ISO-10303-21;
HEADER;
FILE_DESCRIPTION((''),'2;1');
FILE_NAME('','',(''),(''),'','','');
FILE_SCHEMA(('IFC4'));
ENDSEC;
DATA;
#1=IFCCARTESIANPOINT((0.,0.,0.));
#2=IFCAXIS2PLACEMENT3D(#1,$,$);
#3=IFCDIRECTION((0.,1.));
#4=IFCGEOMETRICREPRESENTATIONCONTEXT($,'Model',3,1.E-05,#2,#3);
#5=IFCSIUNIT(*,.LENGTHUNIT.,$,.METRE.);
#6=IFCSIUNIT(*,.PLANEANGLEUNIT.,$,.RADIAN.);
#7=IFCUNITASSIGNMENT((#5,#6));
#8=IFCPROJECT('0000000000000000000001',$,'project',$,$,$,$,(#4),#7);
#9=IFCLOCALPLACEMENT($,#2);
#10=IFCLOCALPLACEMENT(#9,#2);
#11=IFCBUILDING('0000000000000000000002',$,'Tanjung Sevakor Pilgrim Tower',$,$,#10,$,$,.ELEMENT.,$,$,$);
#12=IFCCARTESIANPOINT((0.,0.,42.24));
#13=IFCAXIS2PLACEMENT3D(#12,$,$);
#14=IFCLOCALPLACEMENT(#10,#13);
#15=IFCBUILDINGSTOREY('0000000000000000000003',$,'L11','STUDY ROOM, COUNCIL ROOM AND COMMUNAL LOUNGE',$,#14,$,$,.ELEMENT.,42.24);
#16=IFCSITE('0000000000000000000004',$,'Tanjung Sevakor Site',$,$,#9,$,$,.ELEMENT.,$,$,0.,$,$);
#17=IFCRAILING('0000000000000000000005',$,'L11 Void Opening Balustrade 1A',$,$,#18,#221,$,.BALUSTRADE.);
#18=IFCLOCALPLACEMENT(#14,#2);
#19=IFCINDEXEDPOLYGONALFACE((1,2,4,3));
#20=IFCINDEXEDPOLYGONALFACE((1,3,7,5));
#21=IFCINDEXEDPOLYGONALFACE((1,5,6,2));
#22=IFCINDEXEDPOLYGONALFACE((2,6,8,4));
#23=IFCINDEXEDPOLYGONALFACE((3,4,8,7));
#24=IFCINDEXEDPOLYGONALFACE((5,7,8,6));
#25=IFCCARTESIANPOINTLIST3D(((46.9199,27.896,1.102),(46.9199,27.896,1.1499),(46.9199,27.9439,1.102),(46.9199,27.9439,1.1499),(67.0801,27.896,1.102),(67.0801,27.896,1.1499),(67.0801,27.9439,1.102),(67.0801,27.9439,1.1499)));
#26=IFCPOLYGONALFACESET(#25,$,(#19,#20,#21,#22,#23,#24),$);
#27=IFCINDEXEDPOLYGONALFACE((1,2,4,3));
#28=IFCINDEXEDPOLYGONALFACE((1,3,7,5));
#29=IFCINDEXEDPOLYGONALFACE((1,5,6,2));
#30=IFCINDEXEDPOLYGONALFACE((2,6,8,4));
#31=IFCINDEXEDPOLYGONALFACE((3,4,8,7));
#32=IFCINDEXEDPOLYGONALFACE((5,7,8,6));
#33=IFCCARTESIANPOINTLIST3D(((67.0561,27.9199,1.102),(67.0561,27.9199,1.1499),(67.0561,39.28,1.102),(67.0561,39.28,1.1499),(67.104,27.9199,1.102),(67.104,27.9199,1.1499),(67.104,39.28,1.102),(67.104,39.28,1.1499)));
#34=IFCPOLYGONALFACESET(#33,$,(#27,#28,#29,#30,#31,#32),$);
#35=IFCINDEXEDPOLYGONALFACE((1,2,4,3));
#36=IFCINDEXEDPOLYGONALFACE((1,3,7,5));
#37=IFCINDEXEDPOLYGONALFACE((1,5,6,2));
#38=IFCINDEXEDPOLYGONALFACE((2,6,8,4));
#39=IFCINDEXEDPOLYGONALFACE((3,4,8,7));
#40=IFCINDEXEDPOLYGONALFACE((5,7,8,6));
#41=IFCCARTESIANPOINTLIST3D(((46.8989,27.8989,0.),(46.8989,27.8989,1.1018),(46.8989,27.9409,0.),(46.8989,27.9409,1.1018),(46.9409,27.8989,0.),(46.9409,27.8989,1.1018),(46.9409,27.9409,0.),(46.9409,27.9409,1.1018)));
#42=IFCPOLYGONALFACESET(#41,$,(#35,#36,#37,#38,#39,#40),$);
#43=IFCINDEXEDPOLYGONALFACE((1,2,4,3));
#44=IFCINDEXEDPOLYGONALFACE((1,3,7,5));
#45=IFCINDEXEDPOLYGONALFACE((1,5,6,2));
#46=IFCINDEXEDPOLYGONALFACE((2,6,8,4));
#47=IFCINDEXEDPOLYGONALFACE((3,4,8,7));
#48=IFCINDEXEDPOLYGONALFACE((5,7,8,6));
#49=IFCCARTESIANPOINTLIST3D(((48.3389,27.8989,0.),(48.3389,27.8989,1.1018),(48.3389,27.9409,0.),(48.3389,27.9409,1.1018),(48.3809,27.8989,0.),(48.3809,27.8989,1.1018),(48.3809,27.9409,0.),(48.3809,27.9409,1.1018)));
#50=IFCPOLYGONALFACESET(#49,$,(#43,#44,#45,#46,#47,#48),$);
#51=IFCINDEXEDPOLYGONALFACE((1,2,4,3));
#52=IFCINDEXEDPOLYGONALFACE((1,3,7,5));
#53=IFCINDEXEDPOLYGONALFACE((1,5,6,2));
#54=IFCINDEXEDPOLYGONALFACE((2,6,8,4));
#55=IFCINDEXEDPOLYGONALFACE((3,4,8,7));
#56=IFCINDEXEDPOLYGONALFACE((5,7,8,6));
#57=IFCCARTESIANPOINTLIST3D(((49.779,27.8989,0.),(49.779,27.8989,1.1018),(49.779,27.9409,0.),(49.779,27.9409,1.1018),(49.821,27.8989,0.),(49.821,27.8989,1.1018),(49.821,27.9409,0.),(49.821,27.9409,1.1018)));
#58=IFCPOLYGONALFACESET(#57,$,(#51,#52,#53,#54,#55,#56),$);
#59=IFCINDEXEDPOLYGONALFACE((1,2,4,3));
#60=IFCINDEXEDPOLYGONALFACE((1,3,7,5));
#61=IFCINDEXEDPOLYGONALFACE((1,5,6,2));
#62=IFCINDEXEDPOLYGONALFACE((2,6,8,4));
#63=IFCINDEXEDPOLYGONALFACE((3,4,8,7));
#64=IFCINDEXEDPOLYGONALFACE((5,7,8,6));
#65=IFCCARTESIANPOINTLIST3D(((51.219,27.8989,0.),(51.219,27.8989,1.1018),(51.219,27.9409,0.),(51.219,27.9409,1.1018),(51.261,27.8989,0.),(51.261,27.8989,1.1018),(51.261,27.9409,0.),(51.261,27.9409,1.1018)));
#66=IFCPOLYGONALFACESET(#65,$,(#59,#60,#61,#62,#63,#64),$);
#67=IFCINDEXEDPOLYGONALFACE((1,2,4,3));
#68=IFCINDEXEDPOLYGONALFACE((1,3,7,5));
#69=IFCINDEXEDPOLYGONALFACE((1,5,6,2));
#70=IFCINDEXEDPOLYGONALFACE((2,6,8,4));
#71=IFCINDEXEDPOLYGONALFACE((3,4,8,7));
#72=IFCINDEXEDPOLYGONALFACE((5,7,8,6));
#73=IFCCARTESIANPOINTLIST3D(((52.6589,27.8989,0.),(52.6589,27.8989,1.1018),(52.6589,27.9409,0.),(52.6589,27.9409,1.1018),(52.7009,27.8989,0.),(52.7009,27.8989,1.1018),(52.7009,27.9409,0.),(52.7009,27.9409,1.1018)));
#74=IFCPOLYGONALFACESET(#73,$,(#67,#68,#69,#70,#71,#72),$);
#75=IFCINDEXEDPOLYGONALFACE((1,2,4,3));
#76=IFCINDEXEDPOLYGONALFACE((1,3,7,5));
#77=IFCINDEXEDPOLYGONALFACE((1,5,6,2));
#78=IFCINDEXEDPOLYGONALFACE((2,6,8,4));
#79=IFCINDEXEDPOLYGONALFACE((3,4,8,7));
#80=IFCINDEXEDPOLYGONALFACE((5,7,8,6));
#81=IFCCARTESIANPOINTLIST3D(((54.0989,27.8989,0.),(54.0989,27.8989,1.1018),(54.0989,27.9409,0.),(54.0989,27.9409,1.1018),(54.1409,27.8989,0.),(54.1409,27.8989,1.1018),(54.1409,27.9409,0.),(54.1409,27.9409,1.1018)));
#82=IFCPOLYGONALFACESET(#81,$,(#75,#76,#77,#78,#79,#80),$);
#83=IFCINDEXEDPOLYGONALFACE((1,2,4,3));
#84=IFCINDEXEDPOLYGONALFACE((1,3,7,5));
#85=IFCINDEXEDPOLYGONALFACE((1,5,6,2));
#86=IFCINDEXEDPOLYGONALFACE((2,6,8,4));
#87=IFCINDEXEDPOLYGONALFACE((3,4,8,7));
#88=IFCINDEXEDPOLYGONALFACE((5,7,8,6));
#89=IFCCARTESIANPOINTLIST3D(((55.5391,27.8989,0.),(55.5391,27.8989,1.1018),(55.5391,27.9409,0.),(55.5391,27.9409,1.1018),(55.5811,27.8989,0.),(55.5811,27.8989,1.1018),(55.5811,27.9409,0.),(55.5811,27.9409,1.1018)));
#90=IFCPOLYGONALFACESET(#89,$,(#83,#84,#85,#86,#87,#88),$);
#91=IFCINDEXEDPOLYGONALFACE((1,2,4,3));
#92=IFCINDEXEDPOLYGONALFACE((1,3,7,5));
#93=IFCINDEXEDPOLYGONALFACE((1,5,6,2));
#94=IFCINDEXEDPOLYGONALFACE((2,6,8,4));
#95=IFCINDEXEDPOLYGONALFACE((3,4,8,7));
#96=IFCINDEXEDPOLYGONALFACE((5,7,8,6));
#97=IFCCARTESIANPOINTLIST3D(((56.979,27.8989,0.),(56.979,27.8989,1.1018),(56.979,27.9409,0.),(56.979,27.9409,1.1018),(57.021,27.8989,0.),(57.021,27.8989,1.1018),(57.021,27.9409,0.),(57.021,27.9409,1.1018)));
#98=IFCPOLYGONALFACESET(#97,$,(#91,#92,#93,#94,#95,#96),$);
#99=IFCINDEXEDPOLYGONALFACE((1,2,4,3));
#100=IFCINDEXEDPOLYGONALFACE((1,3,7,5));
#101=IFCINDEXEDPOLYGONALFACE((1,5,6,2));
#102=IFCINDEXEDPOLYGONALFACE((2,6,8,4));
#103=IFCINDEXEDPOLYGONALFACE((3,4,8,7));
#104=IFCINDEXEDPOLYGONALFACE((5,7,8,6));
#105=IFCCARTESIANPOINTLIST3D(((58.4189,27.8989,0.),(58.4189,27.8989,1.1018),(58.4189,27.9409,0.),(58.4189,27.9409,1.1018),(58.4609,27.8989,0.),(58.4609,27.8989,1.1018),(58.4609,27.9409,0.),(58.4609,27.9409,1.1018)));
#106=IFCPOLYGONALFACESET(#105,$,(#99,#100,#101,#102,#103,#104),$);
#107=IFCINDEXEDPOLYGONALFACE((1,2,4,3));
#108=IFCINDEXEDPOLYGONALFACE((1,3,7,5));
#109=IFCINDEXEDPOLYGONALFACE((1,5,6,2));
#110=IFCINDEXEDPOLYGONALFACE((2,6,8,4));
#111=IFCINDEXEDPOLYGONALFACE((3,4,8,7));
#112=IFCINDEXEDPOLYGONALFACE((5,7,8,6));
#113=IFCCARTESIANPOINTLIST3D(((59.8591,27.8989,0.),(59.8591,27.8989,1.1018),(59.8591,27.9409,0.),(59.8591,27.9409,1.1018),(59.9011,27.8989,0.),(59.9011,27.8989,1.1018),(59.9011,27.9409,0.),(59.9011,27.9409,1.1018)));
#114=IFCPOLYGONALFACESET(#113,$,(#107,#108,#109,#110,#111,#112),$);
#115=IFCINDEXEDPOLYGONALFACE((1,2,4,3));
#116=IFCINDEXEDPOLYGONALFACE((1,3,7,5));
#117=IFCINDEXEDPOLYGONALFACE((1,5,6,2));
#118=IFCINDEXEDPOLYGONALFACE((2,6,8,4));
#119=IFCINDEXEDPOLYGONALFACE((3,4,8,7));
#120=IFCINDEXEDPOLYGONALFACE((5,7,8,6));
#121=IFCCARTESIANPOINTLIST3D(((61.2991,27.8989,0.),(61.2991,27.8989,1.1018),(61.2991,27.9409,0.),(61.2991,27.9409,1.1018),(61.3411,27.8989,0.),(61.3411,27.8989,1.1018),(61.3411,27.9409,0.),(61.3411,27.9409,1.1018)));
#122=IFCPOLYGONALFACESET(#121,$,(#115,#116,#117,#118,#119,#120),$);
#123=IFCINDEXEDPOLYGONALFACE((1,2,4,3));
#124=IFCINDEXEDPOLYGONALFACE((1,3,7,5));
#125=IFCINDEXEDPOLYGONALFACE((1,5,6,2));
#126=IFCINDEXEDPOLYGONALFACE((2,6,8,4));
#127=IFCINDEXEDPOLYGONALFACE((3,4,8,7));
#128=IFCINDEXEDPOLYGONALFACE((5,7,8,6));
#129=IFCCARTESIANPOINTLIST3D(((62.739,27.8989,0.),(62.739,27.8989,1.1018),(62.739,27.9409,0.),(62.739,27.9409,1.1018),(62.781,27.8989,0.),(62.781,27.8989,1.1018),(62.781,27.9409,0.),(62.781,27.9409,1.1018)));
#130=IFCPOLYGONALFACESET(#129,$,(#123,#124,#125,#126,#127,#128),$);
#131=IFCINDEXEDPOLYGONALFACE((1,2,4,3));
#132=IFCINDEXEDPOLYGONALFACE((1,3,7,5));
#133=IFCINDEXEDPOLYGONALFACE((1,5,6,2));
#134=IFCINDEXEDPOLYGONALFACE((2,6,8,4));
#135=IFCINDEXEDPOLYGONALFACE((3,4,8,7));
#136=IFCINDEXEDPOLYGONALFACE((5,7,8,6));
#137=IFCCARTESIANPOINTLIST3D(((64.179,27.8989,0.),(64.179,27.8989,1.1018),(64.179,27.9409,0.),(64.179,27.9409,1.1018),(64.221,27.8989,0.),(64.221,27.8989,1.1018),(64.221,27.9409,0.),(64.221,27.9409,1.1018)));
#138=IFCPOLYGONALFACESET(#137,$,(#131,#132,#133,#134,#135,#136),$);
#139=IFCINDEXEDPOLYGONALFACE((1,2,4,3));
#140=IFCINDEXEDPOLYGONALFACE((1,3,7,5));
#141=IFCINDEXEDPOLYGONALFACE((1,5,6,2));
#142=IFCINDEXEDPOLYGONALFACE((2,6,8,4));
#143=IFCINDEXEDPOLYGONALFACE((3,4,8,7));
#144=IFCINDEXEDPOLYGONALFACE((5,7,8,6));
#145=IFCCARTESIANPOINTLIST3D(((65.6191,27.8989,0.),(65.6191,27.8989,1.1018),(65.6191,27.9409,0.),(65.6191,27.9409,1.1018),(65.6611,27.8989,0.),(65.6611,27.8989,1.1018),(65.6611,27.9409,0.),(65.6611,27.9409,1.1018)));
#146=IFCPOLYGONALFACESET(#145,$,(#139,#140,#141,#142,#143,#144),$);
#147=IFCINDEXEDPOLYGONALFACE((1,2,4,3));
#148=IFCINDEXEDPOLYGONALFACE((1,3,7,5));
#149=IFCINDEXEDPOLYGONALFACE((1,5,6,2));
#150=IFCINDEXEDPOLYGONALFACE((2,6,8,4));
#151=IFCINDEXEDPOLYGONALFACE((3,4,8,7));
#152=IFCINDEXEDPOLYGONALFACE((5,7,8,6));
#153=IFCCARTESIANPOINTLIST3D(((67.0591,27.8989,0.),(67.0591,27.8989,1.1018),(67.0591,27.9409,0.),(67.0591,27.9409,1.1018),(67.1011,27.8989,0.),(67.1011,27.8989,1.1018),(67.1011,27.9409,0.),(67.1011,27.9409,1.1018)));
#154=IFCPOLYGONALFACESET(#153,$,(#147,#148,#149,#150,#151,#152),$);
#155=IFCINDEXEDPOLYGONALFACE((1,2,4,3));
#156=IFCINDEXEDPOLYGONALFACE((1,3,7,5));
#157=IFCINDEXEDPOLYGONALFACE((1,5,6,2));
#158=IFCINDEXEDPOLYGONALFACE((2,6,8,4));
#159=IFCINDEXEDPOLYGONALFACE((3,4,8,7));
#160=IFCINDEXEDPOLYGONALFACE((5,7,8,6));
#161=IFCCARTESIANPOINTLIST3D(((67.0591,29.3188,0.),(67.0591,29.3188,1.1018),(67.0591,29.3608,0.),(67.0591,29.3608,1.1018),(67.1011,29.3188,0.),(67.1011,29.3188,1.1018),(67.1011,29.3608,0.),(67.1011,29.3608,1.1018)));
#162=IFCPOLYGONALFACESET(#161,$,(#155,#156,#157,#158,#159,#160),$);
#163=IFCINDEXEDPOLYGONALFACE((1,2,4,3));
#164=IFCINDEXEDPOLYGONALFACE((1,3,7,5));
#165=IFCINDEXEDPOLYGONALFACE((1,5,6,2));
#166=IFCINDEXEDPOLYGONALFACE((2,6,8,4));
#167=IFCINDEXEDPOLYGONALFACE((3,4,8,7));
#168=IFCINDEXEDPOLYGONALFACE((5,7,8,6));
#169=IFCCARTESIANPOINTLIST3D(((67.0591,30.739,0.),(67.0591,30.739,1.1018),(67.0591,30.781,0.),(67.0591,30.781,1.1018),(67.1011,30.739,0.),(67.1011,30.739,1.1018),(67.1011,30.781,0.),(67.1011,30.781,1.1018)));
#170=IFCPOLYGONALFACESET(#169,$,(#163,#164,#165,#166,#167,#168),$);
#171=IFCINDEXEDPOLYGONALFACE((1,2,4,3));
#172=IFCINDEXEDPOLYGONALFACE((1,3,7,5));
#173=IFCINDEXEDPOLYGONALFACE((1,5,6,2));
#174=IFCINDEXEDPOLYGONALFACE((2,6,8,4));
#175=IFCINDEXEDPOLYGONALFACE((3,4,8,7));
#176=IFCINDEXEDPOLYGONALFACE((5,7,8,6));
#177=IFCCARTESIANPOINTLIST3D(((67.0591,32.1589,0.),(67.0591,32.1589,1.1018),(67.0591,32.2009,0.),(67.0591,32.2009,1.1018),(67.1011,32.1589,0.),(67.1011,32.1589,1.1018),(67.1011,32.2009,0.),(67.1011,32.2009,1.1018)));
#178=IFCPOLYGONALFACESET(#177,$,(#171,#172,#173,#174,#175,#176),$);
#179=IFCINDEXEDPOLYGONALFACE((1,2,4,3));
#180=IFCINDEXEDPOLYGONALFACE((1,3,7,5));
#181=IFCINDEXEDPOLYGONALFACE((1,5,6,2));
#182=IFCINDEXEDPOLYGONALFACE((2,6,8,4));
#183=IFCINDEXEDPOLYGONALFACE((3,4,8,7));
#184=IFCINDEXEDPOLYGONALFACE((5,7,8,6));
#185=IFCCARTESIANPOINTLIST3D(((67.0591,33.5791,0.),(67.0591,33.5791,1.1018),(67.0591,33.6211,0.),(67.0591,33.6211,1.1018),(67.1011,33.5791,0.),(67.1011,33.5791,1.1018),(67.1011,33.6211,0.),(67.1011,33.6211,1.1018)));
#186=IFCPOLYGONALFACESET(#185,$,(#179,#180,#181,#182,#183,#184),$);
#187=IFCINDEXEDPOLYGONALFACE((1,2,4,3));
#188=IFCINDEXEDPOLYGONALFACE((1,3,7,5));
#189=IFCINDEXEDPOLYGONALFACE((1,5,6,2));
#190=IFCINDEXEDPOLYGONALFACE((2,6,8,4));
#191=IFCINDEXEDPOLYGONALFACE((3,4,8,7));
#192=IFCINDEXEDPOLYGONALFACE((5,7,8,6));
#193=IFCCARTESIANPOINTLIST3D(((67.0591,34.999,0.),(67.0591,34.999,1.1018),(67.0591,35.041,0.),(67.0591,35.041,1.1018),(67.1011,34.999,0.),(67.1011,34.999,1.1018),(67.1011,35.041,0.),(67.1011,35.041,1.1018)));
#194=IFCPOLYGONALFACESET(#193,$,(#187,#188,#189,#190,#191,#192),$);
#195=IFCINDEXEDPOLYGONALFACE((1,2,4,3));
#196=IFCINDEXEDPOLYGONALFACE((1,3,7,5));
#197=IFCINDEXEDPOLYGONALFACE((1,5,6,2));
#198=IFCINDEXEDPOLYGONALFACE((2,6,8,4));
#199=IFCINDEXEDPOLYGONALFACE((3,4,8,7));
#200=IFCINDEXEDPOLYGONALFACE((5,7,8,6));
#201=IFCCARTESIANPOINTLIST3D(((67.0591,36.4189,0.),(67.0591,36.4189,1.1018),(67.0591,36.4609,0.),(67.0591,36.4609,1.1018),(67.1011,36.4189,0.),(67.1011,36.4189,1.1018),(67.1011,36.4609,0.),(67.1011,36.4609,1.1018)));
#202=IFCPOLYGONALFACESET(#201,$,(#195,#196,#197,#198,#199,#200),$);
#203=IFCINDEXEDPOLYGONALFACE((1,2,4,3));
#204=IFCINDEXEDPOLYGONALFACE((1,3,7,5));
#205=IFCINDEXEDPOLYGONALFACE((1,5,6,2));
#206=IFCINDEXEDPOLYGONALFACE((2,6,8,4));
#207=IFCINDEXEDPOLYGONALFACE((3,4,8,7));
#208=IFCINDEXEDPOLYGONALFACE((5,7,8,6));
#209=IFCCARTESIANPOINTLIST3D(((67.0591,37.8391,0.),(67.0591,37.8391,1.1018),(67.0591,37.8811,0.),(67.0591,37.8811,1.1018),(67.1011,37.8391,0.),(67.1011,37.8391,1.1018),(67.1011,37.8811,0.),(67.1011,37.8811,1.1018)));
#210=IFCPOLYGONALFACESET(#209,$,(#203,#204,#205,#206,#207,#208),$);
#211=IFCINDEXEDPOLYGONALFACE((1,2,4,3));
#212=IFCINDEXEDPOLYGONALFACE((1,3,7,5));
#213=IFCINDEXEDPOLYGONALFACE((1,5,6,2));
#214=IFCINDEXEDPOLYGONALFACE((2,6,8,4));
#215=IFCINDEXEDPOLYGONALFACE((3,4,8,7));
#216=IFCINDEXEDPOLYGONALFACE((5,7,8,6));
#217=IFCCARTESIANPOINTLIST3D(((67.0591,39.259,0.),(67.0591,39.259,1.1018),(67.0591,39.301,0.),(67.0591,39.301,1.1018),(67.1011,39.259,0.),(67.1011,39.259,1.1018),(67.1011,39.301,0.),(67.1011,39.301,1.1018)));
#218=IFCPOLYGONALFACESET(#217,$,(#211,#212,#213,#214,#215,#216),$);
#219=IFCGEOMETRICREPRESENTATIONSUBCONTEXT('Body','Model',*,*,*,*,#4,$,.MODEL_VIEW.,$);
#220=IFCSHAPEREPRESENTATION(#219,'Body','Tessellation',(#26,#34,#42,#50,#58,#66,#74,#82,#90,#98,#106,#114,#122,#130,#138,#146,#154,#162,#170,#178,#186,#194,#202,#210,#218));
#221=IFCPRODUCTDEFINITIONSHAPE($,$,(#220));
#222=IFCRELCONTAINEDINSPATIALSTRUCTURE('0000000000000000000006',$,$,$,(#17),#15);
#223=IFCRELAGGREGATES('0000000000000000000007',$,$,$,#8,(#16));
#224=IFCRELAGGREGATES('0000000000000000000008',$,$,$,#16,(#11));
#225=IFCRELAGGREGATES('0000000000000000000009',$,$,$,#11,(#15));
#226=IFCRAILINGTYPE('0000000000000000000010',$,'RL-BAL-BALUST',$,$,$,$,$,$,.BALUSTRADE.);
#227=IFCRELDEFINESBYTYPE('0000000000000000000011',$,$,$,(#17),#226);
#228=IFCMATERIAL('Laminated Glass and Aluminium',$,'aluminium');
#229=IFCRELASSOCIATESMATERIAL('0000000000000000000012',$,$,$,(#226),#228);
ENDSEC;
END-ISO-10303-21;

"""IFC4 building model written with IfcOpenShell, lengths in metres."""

from ifc_helpers import new_model, si_unit, direction, frame, origin, place, context, subcontext, project, spatial, rectangle, extrude, material, type_object, element, save


model = new_model("IFC4")

# Units and contexts
model_context = context("Model", 3, precision=1e-05, world=origin(), true_north=direction((0.0, 1.0)))
body_context = subcontext(model_context, "Body", "Model", "MODEL_VIEW")
ifc_project = project(units=[si_unit("LENGTHUNIT", "METRE"), si_unit("PLANEANGLEUNIT", "RADIAN")], contexts=[model_context])

# Site, building, storey
site_placement = place(None, origin())
site = spatial("IfcSite", under=ifc_project, at=site_placement, Name="Tanjung Sevakor Site", CompositionType="ELEMENT", RefElevation=0.0)
building_placement = place(site_placement, origin())
building = spatial("IfcBuilding", under=site, at=building_placement, Name="Tanjung Sevakor Pilgrim Tower", CompositionType="ELEMENT")
storey_placement = place(building_placement, frame((0.0, 0.0, 42.24)))
storey = spatial("IfcBuildingStorey", under=building, at=storey_placement, Name="L11", Description="STUDY ROOM, COUNCIL ROOM AND COMMUNAL LOUNGE", CompositionType="ELEMENT", Elevation=42.24)

# Railing
ifc_material_1 = material(Name="Laminated Glass and Aluminium", Category="aluminium")
railing_type = type_object("IfcRailingType", Name="RL-BAL-BALUST", PredefinedType="BALUSTRADE", material=ifc_material_1)
railing_placement = place(storey_placement, frame((46.9199, 27.9199, 0.0)))
element("IfcRailing", 1, at=railing_placement, inside=storey, type_object=railing_type, Name="L11 Void Opening Balustrade 1A", PredefinedType="BALUSTRADE", context=body_context, shape_type="SweptSolid", body=[
    extrude(rectangle(XDim=0.0479, YDim=0.0479), frame((0.0, 0.0, 1.126), z_axis=(1.0, 0.0, 0.0), x_axis=(0.0, 1.0, 0.0)), (0.0, 0.0, 1.0), 20.1602),
    extrude(rectangle(XDim=0.0479, YDim=0.0479), frame((20.1602, 0.0, 1.126), z_axis=(0.0, 1.0, 0.0), x_axis=(-1.0, 0.0, 0.0)), (0.0, 0.0, 1.0), 11.3601),
    extrude(rectangle(XDim=0.042, YDim=0.042), origin(), (0.0, 0.0, 1.0), 1.1018),
    extrude(rectangle(XDim=0.042, YDim=0.042), frame((1.4399, 0.0, 0.0)), (0.0, 0.0, 1.0), 1.1018),
    extrude(rectangle(XDim=0.042, YDim=0.042), frame((2.8801, 0.0, 0.0)), (0.0, 0.0, 1.0), 1.1018),
    extrude(rectangle(XDim=0.042, YDim=0.042), frame((4.3201, 0.0, 0.0)), (0.0, 0.0, 1.0), 1.1018),
    extrude(rectangle(XDim=0.042, YDim=0.042), frame((5.76, 0.0, 0.0)), (0.0, 0.0, 1.0), 1.1018),
    extrude(rectangle(XDim=0.042, YDim=0.042), frame((7.2, 0.0, 0.0)), (0.0, 0.0, 1.0), 1.1018),
    extrude(rectangle(XDim=0.042, YDim=0.042), frame((8.6401, 0.0, 0.0)), (0.0, 0.0, 1.0), 1.1018),
    extrude(rectangle(XDim=0.042, YDim=0.042), frame((10.0801, 0.0, 0.0)), (0.0, 0.0, 1.0), 1.1018),
    extrude(rectangle(XDim=0.042, YDim=0.042), frame((11.52, 0.0, 0.0)), (0.0, 0.0, 1.0), 1.1018),
    extrude(rectangle(XDim=0.042, YDim=0.042), frame((12.9602, 0.0, 0.0)), (0.0, 0.0, 1.0), 1.1018),
    extrude(rectangle(XDim=0.042, YDim=0.042), frame((14.4001, 0.0, 0.0)), (0.0, 0.0, 1.0), 1.1018),
    extrude(rectangle(XDim=0.042, YDim=0.042), frame((15.8401, 0.0, 0.0)), (0.0, 0.0, 1.0), 1.1018),
    extrude(rectangle(XDim=0.042, YDim=0.042), frame((17.28, 0.0, 0.0)), (0.0, 0.0, 1.0), 1.1018),
    extrude(rectangle(XDim=0.042, YDim=0.042), frame((18.7202, 0.0, 0.0)), (0.0, 0.0, 1.0), 1.1018),
    extrude(rectangle(XDim=0.042, YDim=0.042), frame((20.1602, 0.0, 0.0)), (0.0, 0.0, 1.0), 1.1018),
    extrude(rectangle(XDim=0.042, YDim=0.042), frame((20.1602, 1.4199, 0.0)), (0.0, 0.0, 1.0), 1.1018),
    extrude(rectangle(XDim=0.042, YDim=0.042), frame((20.1602, 2.8401, 0.0)), (0.0, 0.0, 1.0), 1.1018),
    extrude(rectangle(XDim=0.042, YDim=0.042), frame((20.1602, 4.26, 0.0)), (0.0, 0.0, 1.0), 1.1018),
    extrude(rectangle(XDim=0.042, YDim=0.042), frame((20.1602, 5.6802, 0.0)), (0.0, 0.0, 1.0), 1.1018),
    extrude(rectangle(XDim=0.042, YDim=0.042), frame((20.1602, 7.1001, 0.0)), (0.0, 0.0, 1.0), 1.1018),
    extrude(rectangle(XDim=0.042, YDim=0.042), frame((20.1602, 8.52, 0.0)), (0.0, 0.0, 1.0), 1.1018),
    extrude(rectangle(XDim=0.042, YDim=0.042), frame((20.1602, 9.9402, 0.0)), (0.0, 0.0, 1.0), 1.1018),
    extrude(rectangle(XDim=0.042, YDim=0.042), frame((20.1602, 11.3601, 0.0)), (0.0, 0.0, 1.0), 1.1018),
])

save(model, "model.ifc")
